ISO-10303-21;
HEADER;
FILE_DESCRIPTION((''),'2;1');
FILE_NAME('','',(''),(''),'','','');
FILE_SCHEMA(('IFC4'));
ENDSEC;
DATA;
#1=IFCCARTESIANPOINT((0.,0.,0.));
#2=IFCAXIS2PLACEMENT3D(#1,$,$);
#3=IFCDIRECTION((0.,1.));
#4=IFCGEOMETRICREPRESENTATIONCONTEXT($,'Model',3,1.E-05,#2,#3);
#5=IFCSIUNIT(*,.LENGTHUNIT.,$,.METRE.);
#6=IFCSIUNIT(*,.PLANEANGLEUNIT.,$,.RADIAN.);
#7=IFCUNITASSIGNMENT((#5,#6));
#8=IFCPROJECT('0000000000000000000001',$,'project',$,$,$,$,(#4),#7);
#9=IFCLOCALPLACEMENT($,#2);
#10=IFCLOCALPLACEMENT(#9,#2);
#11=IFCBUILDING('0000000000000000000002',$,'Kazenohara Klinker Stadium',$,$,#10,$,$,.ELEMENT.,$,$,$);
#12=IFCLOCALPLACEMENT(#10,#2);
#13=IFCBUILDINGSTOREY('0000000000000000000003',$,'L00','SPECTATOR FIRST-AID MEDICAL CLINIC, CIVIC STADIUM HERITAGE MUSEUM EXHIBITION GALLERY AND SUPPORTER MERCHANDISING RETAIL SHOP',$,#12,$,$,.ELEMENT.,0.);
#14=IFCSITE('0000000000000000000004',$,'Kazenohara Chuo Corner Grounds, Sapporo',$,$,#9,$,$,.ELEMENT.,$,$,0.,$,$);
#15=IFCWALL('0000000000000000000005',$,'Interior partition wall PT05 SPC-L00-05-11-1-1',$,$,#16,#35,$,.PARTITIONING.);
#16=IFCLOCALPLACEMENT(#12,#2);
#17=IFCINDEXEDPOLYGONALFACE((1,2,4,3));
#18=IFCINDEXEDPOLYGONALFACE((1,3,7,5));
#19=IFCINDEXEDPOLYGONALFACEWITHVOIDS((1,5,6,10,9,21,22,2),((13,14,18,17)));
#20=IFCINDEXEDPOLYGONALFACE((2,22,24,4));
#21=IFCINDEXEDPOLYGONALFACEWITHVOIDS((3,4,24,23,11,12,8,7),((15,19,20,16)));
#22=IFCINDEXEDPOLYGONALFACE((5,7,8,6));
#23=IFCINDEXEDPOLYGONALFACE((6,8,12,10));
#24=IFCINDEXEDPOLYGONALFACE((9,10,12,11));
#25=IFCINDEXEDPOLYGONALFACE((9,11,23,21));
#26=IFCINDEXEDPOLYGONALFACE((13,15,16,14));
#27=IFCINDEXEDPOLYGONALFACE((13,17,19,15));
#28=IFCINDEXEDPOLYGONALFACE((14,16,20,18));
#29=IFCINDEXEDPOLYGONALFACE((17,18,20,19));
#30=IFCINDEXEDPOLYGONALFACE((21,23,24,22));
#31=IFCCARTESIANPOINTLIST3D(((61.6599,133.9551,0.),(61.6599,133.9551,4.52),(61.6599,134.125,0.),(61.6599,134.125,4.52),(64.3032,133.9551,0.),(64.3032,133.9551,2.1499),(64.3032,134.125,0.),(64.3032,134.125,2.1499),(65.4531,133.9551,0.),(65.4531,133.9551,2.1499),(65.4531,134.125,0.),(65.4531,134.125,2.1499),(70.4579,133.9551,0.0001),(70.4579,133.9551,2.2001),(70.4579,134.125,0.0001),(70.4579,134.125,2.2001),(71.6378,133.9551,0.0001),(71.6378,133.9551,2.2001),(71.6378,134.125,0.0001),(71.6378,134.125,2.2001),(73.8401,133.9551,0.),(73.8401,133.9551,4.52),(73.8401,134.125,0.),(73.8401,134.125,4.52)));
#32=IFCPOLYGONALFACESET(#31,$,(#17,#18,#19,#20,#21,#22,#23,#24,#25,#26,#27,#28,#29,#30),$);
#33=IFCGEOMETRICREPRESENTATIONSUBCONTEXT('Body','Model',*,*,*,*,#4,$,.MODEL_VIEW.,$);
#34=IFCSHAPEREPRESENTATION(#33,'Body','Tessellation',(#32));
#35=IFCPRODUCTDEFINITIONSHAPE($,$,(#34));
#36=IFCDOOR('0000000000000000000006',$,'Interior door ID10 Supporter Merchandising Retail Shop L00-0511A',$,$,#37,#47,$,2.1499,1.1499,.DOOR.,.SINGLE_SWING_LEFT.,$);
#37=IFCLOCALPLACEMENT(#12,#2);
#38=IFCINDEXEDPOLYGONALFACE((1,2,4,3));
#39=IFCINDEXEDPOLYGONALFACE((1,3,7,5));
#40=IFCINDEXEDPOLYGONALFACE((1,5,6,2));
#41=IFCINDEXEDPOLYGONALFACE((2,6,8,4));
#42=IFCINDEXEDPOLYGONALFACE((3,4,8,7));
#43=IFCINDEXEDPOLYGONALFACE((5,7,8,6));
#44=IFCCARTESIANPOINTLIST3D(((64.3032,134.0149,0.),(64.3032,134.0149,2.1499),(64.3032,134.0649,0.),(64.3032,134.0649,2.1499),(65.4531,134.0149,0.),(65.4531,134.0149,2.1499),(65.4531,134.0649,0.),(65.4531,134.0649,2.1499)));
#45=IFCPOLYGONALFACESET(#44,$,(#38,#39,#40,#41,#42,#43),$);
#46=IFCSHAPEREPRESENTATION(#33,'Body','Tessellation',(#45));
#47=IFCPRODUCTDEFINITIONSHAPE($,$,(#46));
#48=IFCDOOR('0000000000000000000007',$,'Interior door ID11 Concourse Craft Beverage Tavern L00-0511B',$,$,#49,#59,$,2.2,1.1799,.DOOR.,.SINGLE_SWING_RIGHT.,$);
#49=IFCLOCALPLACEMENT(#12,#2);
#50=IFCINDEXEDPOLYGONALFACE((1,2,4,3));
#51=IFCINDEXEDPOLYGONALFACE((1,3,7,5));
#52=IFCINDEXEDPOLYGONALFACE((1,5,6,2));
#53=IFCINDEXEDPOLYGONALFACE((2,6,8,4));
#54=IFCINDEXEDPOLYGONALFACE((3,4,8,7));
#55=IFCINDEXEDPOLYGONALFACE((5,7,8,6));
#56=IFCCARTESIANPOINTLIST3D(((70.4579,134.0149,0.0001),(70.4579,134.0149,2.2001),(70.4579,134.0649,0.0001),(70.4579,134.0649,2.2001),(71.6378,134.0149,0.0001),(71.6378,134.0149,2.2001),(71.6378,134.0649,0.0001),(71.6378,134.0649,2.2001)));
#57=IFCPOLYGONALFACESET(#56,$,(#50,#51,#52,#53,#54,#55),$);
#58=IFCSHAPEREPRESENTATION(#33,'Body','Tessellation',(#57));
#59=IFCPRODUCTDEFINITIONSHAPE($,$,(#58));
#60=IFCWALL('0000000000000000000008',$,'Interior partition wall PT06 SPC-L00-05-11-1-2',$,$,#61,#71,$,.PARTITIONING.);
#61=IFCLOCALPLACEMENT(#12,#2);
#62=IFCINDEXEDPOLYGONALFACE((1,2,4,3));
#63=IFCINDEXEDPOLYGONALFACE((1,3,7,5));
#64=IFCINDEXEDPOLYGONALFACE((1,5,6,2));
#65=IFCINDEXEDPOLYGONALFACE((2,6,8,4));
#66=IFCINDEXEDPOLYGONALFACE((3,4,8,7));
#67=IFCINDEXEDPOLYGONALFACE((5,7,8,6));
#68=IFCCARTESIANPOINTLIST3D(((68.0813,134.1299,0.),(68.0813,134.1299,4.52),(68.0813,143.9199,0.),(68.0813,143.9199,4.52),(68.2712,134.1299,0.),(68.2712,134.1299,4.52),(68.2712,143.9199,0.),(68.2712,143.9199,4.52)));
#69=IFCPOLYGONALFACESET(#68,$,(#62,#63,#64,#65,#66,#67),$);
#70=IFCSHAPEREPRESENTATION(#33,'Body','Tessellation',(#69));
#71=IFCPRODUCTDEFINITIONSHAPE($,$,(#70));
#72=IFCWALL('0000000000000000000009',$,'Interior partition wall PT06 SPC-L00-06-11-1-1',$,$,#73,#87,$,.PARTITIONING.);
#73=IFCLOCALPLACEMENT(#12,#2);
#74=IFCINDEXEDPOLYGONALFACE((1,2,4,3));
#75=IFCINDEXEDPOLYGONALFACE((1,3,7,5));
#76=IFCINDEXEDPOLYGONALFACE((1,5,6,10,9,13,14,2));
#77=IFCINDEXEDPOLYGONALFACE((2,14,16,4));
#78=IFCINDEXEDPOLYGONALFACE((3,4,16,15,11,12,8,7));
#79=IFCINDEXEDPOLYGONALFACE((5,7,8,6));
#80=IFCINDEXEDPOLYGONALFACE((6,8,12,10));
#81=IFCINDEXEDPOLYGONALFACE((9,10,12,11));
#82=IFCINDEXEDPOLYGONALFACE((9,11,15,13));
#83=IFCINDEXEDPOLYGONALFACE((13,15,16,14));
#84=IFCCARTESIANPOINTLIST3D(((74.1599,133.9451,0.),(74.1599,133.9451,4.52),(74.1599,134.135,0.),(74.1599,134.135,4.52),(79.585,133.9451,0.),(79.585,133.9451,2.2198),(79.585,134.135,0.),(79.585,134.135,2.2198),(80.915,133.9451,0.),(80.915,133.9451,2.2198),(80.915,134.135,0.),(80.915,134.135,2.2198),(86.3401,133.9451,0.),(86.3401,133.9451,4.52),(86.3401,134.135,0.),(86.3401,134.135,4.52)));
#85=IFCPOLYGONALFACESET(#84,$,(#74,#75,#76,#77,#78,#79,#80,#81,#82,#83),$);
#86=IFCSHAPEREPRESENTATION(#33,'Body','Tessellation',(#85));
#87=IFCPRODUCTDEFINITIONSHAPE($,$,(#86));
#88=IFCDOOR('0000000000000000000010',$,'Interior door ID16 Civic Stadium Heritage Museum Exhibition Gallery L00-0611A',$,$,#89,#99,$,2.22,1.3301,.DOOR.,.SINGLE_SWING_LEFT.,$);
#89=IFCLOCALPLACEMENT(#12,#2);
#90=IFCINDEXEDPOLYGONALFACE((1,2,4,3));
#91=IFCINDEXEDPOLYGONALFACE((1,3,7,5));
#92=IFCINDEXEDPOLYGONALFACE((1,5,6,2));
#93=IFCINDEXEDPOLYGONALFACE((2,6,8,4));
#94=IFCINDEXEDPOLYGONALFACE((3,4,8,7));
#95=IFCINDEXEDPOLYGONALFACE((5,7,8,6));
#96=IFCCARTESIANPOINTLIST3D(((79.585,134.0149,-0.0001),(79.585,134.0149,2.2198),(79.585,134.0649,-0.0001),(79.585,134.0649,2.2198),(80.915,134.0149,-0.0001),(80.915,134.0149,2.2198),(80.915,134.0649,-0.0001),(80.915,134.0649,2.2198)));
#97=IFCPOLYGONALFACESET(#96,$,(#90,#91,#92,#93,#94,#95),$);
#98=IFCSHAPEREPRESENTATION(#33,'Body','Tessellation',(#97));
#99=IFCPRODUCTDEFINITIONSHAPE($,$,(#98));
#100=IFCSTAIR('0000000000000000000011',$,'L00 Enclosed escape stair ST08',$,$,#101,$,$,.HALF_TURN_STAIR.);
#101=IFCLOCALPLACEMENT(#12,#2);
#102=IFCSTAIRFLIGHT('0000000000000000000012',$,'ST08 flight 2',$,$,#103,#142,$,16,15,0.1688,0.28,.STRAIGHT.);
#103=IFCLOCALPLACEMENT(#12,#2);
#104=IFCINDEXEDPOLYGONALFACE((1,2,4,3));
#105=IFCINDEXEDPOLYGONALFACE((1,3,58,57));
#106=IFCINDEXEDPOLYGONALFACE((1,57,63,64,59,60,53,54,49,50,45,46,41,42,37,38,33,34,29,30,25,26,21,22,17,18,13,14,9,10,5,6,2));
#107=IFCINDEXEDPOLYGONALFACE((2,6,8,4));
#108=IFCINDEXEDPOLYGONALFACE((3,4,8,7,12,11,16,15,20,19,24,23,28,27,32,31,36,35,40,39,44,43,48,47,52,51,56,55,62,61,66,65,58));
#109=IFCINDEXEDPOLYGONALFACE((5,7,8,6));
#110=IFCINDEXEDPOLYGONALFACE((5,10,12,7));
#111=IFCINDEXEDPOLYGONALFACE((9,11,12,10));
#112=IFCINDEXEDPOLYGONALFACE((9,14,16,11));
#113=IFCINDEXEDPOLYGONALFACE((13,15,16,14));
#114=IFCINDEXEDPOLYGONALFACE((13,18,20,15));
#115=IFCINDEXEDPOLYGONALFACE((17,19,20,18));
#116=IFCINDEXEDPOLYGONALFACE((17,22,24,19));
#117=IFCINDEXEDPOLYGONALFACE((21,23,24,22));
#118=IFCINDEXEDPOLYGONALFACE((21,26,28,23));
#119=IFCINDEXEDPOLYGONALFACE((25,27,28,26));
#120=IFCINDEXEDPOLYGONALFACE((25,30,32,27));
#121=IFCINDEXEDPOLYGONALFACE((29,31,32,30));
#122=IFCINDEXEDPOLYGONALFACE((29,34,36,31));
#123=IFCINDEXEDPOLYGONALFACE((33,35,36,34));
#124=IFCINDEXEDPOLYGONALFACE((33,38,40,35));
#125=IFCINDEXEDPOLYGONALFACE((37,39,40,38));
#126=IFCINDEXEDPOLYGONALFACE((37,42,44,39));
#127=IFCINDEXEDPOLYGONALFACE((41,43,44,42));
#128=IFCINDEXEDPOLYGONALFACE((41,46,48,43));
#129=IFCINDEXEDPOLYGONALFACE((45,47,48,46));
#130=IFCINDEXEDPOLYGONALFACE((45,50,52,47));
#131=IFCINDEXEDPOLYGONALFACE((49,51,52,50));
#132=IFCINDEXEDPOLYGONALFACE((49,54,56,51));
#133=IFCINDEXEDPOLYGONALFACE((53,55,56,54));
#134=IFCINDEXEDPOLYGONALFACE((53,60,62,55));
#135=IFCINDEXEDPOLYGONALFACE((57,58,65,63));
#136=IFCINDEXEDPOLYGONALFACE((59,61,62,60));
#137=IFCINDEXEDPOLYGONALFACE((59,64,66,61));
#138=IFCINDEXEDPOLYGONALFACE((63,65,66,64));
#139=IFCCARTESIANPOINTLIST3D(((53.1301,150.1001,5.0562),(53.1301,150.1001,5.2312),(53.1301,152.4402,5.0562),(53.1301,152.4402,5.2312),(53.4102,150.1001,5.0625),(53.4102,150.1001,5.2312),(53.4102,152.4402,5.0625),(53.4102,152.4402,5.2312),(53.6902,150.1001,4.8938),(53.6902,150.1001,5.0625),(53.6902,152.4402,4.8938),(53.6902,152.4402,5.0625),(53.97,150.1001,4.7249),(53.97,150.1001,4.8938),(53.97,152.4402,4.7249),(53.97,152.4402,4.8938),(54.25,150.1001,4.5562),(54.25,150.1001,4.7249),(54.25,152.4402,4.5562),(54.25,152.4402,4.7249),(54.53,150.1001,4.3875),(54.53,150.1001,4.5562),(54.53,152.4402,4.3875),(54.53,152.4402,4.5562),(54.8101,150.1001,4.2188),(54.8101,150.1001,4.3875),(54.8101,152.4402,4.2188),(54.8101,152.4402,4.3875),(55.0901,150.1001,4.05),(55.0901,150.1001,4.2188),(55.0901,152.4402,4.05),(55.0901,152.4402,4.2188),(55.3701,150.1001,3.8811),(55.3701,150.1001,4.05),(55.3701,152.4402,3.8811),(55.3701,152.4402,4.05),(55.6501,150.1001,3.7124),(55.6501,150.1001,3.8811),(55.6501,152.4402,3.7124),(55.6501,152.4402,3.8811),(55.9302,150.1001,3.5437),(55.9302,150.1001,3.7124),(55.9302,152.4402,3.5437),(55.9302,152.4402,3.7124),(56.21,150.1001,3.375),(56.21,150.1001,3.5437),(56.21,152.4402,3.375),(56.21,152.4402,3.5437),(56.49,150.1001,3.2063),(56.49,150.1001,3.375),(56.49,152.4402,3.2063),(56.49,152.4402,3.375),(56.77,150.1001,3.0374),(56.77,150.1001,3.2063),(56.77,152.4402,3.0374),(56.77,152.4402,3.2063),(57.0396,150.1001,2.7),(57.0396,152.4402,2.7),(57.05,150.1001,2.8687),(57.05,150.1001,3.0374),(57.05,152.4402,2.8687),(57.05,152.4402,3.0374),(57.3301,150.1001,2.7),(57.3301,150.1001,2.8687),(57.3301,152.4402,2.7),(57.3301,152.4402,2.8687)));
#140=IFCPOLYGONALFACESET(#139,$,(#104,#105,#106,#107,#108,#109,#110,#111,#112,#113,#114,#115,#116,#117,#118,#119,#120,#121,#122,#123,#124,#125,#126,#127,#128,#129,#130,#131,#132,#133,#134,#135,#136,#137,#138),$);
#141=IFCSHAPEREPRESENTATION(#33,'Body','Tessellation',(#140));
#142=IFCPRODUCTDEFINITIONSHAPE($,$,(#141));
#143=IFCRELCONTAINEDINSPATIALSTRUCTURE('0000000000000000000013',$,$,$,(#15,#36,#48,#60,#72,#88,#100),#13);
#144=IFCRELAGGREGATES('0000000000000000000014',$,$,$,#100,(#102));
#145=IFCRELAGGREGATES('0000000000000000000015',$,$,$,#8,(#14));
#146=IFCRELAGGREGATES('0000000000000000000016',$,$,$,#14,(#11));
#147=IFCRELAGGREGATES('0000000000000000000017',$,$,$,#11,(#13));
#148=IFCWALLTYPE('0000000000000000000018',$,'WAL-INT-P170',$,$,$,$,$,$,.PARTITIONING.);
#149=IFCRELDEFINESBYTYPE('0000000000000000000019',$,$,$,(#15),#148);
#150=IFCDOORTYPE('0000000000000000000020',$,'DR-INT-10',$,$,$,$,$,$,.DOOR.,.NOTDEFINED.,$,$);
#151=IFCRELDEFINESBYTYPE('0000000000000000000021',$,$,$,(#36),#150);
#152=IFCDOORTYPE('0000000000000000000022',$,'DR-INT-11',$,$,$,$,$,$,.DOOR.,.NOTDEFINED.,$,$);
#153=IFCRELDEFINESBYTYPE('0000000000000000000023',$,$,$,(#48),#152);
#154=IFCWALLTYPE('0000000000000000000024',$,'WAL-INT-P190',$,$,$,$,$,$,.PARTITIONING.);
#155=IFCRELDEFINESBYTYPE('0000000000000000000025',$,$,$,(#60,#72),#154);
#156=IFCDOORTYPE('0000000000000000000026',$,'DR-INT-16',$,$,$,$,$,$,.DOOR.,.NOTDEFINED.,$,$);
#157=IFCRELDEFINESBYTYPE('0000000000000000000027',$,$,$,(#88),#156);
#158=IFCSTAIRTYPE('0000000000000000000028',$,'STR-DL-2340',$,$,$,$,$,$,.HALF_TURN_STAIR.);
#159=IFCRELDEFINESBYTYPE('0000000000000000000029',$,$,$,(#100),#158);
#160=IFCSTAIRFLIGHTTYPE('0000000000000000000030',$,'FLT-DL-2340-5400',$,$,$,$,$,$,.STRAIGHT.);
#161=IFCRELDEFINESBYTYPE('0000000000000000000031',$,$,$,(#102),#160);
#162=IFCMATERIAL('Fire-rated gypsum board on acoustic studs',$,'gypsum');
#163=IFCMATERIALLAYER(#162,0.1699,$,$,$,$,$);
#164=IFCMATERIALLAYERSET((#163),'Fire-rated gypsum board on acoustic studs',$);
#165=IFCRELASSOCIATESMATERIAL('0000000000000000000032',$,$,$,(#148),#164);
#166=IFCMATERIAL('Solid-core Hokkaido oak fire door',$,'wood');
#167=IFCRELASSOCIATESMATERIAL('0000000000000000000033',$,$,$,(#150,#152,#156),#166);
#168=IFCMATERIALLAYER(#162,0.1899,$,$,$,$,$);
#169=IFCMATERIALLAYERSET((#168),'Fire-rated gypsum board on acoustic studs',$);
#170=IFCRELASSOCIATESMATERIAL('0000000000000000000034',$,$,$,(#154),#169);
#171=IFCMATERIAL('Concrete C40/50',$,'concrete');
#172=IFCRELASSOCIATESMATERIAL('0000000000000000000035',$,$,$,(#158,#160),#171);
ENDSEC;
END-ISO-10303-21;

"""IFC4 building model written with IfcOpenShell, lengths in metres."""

from ifc_helpers import new_model, si_unit, direction, frame, frame_2d, origin, place, context, subcontext, project, spatial, polyline, rectangle, outline, extrude, material, layer, layer_set, type_object, element, fill, aggregate, save


model = new_model("IFC4")

# Units and contexts
model_context = context("Model", 3, precision=1e-05, world=origin(), true_north=direction((0.0, 1.0)))
body_context = subcontext(model_context, "Body", "Model", "MODEL_VIEW")
ifc_project = project(units=[si_unit("LENGTHUNIT", "METRE"), si_unit("PLANEANGLEUNIT", "RADIAN")], contexts=[model_context])

# Site, building, storey
site_placement = place(None, origin())
site = spatial("IfcSite", under=ifc_project, at=site_placement, Name="Kazenohara Chuo Corner Grounds, Sapporo", CompositionType="ELEMENT", RefElevation=0.0)
building_placement = place(site_placement, origin())
building = spatial("IfcBuilding", under=site, at=building_placement, Name="Kazenohara Klinker Stadium", CompositionType="ELEMENT")
storey_placement = place(building_placement, origin())
storey = spatial("IfcBuildingStorey", under=building, at=storey_placement, Name="L00", Description="SPECTATOR FIRST-AID MEDICAL CLINIC, CIVIC STADIUM HERITAGE MUSEUM EXHIBITION GALLERY AND SUPPORTER MERCHANDISING RETAIL SHOP", CompositionType="ELEMENT", Elevation=0.0)

# Shared definitions
ifc_material_1 = material(Name="Concrete C40/50", Category="concrete")

# Shared definitions
ifc_material_2 = material(Name="Fire-rated gypsum board on acoustic studs", Category="gypsum")
ifc_material_3 = material(Name="Solid-core Hokkaido oak fire door", Category="wood")

# Wall, openings, doors
ifc_layer_1 = layer(ifc_material_2, 0.1699)
ifc_layer_set_1 = layer_set([ifc_layer_1], Name="Fire-rated gypsum board on acoustic studs")
wall_type_1 = type_object("IfcWallType", Name="WAL-INT-P170", PredefinedType="PARTITIONING", material=ifc_layer_set_1)
wall_1_placement = place(storey_placement, frame((61.6599, 134.04, 0.0), z_axis=(0.0, 0.0, 1.0), x_axis=(1.0, 0.0, 0.0)))
wall_1 = element("IfcWall", 1, at=wall_1_placement, inside=storey, type_object=wall_type_1, Name="Interior partition wall PT05 SPC-L00-05-11-1-1", PredefinedType="PARTITIONING", context=body_context, shape_type="SweptSolid", body=[
    extrude(rectangle(XDim=12.1802, YDim=0.1699, at=frame_2d((6.0901, 0.0))), origin(), (0.0, 0.0, 1.0), 4.52),
])
opening_1_placement = place(wall_1_placement, frame((2.6433, 0.0, 0.0)))
opening_1 = element("IfcOpeningElement", 2, at=opening_1_placement, cuts=wall_1, PredefinedType="OPENING", context=body_context, shape_type="SweptSolid", body=[
    extrude(rectangle(XDim=1.1499, YDim=2.1499, at=frame_2d((0.575, 1.075))), frame((0.0, 0.095, 0.0), z_axis=(0.0, -1.0, 0.0), x_axis=(1.0, 0.0, 0.0)), (0.0, 0.0, 1.0), 0.1899),
])
opening_2_placement = place(wall_1_placement, frame((8.7981, 0.0, 0.0)))
opening_2 = element("IfcOpeningElement", 3, at=opening_2_placement, cuts=wall_1, PredefinedType="OPENING", context=body_context, shape_type="SweptSolid", body=[
    extrude(rectangle(XDim=1.1799, YDim=2.2, at=frame_2d((0.5898, 1.1001))), frame((0.0, 0.095, 0.0), z_axis=(0.0, -1.0, 0.0), x_axis=(1.0, 0.0, 0.0)), (0.0, 0.0, 1.0), 0.1899),
])
door_type_1 = type_object("IfcDoorType", Name="DR-INT-10", OperationType="NOTDEFINED", PredefinedType="DOOR", material=ifc_material_3)
door_1_placement = place(opening_1_placement, origin())
door_1 = element("IfcDoor", 4, at=door_1_placement, inside=storey, type_object=door_type_1, Name="Interior door ID10 Supporter Merchandising Retail Shop L00-0511A", OperationType="SINGLE_SWING_LEFT", OverallHeight=2.1499, OverallWidth=1.1499, PredefinedType="DOOR", context=body_context, shape_type="SweptSolid", body=[
    extrude(rectangle(XDim=1.1499, YDim=2.1499, at=frame_2d((0.575, 1.075))), frame((0.0, 0.0249, 0.0), z_axis=(0.0, -1.0, 0.0), x_axis=(1.0, 0.0, 0.0)), (0.0, 0.0, 1.0), 0.05),
])
fill(opening_1, door_1)
door_type_2 = type_object("IfcDoorType", Name="DR-INT-11", OperationType="NOTDEFINED", PredefinedType="DOOR", material=ifc_material_3)
door_2_placement = place(opening_2_placement, origin())
door_2 = element("IfcDoor", 5, at=door_2_placement, inside=storey, type_object=door_type_2, Name="Interior door ID11 Concourse Craft Beverage Tavern L00-0511B", OperationType="SINGLE_SWING_RIGHT", OverallHeight=2.2, OverallWidth=1.1799, PredefinedType="DOOR", context=body_context, shape_type="SweptSolid", body=[
    extrude(rectangle(XDim=1.1799, YDim=2.2, at=frame_2d((0.5898, 1.1001))), frame((0.0, 0.0249, 0.0), z_axis=(0.0, -1.0, 0.0), x_axis=(1.0, 0.0, 0.0)), (0.0, 0.0, 1.0), 0.05),
])
fill(opening_2, door_2)

# Wall
ifc_layer_2 = layer(ifc_material_2, 0.1899)
ifc_layer_set_2 = layer_set([ifc_layer_2], Name="Fire-rated gypsum board on acoustic studs")
wall_type_2 = type_object("IfcWallType", Name="WAL-INT-P190", PredefinedType="PARTITIONING", material=ifc_layer_set_2)
wall_2_placement = place(storey_placement, frame((68.1763, 134.1299, 0.0), z_axis=(0.0, 0.0, 1.0), x_axis=(0.0, 1.0, 0.0)))
element("IfcWall", 6, at=wall_2_placement, inside=storey, type_object=wall_type_2, Name="Interior partition wall PT06 SPC-L00-05-11-1-2", PredefinedType="PARTITIONING", context=body_context, shape_type="SweptSolid", body=[
    extrude(rectangle(XDim=9.79, YDim=0.1899, at=frame_2d((4.895, 0.0))), origin(), (0.0, 0.0, 1.0), 4.52),
])

# Wall, opening, door
wall_3_placement = place(storey_placement, frame((74.1599, 134.04, 0.0), z_axis=(0.0, 0.0, 1.0), x_axis=(1.0, 0.0, 0.0)))
wall_3 = element("IfcWall", 7, at=wall_3_placement, inside=storey, type_object=wall_type_2, Name="Interior partition wall PT06 SPC-L00-06-11-1-1", PredefinedType="PARTITIONING", context=body_context, shape_type="SweptSolid", body=[
    extrude(rectangle(XDim=12.1802, YDim=0.1899, at=frame_2d((6.0901, 0.0))), origin(), (0.0, 0.0, 1.0), 4.52),
])
opening_3_placement = place(wall_3_placement, frame((5.425, 0.0, 0.0)))
opening_3 = element("IfcOpeningElement", 8, at=opening_3_placement, cuts=wall_3, PredefinedType="OPENING", context=body_context, shape_type="SweptSolid", body=[
    extrude(rectangle(XDim=1.3301, YDim=2.22, at=frame_2d((0.665, 1.1099))), frame((0.0, 0.105, 0.0), z_axis=(0.0, -1.0, 0.0), x_axis=(1.0, 0.0, 0.0)), (0.0, 0.0, 1.0), 0.21),
])
door_type_3 = type_object("IfcDoorType", Name="DR-INT-16", OperationType="NOTDEFINED", PredefinedType="DOOR", material=ifc_material_3)
door_3_placement = place(opening_3_placement, origin())
door_3 = element("IfcDoor", 9, at=door_3_placement, inside=storey, type_object=door_type_3, Name="Interior door ID16 Civic Stadium Heritage Museum Exhibition Gallery L00-0611A", OperationType="SINGLE_SWING_LEFT", OverallHeight=2.22, OverallWidth=1.3301, PredefinedType="DOOR", context=body_context, shape_type="SweptSolid", body=[
    extrude(rectangle(XDim=1.3301, YDim=2.22, at=frame_2d((0.665, 1.1099))), frame((0.0, 0.0249, 0.0), z_axis=(0.0, -1.0, 0.0), x_axis=(1.0, 0.0, 0.0)), (0.0, 0.0, 1.0), 0.05),
])
fill(opening_3, door_3)

# Stair, stair flight
stair_type = type_object("IfcStairType", Name="STR-DL-2340", PredefinedType="HALF_TURN_STAIR", material=ifc_material_1)
stair_placement = place(storey_placement, origin())
stair = element("IfcStair", 10, at=stair_placement, inside=storey, type_object=stair_type, Name="L00 Enclosed escape stair ST08", PredefinedType="HALF_TURN_STAIR")
stair_flight_type = type_object("IfcStairFlightType", Name="FLT-DL-2340-5400", PredefinedType="STRAIGHT", material=ifc_material_1)
stair_flight_placement = place(storey_placement, frame((57.3301, 151.27, 2.7), z_axis=(0.0, 0.0, 1.0), x_axis=(-1.0, 0.0, 0.0)))
stair_flight = element("IfcStairFlight", 11, at=stair_flight_placement, type_object=stair_flight_type, Name="ST08 flight 2", NumberOfRisers=16, NumberOfTreads=15, PredefinedType="STRAIGHT", RiserHeight=0.1688, TreadLength=0.28, context=body_context, shape_type="SweptSolid", body=[
    extrude(outline(polyline([(0.0, 0.0), (0.0, 0.1687), (0.28, 0.1687), (0.28, 0.3374), (0.5601, 0.3374), (0.5601, 0.5063), (0.8401, 0.5063), (0.8401, 0.675), (1.1201, 0.675), (1.1201, 0.8438), (1.3999, 0.8438), (1.3999, 1.0125), (1.6799, 1.0125), (1.6799, 1.1812), (1.96, 1.1812), (1.96, 1.3501), (2.24, 1.3501), (2.24, 1.5188), (2.52, 1.5188), (2.52, 1.6875), (2.8, 1.6875), (2.8, 1.8562), (3.0801, 1.8562), (3.0801, 2.0249), (3.3601, 2.0249), (3.3601, 2.1938), (3.6399, 2.1938), (3.6399, 2.3625), (3.9199, 2.3625), (3.9199, 2.5312), (4.2, 2.5312), (4.2, 2.7), (4.2, 2.3562), (0.2905, 0.0), (0.0, 0.0)])), frame((0.0, 1.1699, 0.0), z_axis=(0.0, -1.0, 0.0), x_axis=(1.0, 0.0, 0.0)), (0.0, 0.0, 1.0), 2.3401),
])
aggregate(stair, [stair_flight])

save(model, "model.ifc")
